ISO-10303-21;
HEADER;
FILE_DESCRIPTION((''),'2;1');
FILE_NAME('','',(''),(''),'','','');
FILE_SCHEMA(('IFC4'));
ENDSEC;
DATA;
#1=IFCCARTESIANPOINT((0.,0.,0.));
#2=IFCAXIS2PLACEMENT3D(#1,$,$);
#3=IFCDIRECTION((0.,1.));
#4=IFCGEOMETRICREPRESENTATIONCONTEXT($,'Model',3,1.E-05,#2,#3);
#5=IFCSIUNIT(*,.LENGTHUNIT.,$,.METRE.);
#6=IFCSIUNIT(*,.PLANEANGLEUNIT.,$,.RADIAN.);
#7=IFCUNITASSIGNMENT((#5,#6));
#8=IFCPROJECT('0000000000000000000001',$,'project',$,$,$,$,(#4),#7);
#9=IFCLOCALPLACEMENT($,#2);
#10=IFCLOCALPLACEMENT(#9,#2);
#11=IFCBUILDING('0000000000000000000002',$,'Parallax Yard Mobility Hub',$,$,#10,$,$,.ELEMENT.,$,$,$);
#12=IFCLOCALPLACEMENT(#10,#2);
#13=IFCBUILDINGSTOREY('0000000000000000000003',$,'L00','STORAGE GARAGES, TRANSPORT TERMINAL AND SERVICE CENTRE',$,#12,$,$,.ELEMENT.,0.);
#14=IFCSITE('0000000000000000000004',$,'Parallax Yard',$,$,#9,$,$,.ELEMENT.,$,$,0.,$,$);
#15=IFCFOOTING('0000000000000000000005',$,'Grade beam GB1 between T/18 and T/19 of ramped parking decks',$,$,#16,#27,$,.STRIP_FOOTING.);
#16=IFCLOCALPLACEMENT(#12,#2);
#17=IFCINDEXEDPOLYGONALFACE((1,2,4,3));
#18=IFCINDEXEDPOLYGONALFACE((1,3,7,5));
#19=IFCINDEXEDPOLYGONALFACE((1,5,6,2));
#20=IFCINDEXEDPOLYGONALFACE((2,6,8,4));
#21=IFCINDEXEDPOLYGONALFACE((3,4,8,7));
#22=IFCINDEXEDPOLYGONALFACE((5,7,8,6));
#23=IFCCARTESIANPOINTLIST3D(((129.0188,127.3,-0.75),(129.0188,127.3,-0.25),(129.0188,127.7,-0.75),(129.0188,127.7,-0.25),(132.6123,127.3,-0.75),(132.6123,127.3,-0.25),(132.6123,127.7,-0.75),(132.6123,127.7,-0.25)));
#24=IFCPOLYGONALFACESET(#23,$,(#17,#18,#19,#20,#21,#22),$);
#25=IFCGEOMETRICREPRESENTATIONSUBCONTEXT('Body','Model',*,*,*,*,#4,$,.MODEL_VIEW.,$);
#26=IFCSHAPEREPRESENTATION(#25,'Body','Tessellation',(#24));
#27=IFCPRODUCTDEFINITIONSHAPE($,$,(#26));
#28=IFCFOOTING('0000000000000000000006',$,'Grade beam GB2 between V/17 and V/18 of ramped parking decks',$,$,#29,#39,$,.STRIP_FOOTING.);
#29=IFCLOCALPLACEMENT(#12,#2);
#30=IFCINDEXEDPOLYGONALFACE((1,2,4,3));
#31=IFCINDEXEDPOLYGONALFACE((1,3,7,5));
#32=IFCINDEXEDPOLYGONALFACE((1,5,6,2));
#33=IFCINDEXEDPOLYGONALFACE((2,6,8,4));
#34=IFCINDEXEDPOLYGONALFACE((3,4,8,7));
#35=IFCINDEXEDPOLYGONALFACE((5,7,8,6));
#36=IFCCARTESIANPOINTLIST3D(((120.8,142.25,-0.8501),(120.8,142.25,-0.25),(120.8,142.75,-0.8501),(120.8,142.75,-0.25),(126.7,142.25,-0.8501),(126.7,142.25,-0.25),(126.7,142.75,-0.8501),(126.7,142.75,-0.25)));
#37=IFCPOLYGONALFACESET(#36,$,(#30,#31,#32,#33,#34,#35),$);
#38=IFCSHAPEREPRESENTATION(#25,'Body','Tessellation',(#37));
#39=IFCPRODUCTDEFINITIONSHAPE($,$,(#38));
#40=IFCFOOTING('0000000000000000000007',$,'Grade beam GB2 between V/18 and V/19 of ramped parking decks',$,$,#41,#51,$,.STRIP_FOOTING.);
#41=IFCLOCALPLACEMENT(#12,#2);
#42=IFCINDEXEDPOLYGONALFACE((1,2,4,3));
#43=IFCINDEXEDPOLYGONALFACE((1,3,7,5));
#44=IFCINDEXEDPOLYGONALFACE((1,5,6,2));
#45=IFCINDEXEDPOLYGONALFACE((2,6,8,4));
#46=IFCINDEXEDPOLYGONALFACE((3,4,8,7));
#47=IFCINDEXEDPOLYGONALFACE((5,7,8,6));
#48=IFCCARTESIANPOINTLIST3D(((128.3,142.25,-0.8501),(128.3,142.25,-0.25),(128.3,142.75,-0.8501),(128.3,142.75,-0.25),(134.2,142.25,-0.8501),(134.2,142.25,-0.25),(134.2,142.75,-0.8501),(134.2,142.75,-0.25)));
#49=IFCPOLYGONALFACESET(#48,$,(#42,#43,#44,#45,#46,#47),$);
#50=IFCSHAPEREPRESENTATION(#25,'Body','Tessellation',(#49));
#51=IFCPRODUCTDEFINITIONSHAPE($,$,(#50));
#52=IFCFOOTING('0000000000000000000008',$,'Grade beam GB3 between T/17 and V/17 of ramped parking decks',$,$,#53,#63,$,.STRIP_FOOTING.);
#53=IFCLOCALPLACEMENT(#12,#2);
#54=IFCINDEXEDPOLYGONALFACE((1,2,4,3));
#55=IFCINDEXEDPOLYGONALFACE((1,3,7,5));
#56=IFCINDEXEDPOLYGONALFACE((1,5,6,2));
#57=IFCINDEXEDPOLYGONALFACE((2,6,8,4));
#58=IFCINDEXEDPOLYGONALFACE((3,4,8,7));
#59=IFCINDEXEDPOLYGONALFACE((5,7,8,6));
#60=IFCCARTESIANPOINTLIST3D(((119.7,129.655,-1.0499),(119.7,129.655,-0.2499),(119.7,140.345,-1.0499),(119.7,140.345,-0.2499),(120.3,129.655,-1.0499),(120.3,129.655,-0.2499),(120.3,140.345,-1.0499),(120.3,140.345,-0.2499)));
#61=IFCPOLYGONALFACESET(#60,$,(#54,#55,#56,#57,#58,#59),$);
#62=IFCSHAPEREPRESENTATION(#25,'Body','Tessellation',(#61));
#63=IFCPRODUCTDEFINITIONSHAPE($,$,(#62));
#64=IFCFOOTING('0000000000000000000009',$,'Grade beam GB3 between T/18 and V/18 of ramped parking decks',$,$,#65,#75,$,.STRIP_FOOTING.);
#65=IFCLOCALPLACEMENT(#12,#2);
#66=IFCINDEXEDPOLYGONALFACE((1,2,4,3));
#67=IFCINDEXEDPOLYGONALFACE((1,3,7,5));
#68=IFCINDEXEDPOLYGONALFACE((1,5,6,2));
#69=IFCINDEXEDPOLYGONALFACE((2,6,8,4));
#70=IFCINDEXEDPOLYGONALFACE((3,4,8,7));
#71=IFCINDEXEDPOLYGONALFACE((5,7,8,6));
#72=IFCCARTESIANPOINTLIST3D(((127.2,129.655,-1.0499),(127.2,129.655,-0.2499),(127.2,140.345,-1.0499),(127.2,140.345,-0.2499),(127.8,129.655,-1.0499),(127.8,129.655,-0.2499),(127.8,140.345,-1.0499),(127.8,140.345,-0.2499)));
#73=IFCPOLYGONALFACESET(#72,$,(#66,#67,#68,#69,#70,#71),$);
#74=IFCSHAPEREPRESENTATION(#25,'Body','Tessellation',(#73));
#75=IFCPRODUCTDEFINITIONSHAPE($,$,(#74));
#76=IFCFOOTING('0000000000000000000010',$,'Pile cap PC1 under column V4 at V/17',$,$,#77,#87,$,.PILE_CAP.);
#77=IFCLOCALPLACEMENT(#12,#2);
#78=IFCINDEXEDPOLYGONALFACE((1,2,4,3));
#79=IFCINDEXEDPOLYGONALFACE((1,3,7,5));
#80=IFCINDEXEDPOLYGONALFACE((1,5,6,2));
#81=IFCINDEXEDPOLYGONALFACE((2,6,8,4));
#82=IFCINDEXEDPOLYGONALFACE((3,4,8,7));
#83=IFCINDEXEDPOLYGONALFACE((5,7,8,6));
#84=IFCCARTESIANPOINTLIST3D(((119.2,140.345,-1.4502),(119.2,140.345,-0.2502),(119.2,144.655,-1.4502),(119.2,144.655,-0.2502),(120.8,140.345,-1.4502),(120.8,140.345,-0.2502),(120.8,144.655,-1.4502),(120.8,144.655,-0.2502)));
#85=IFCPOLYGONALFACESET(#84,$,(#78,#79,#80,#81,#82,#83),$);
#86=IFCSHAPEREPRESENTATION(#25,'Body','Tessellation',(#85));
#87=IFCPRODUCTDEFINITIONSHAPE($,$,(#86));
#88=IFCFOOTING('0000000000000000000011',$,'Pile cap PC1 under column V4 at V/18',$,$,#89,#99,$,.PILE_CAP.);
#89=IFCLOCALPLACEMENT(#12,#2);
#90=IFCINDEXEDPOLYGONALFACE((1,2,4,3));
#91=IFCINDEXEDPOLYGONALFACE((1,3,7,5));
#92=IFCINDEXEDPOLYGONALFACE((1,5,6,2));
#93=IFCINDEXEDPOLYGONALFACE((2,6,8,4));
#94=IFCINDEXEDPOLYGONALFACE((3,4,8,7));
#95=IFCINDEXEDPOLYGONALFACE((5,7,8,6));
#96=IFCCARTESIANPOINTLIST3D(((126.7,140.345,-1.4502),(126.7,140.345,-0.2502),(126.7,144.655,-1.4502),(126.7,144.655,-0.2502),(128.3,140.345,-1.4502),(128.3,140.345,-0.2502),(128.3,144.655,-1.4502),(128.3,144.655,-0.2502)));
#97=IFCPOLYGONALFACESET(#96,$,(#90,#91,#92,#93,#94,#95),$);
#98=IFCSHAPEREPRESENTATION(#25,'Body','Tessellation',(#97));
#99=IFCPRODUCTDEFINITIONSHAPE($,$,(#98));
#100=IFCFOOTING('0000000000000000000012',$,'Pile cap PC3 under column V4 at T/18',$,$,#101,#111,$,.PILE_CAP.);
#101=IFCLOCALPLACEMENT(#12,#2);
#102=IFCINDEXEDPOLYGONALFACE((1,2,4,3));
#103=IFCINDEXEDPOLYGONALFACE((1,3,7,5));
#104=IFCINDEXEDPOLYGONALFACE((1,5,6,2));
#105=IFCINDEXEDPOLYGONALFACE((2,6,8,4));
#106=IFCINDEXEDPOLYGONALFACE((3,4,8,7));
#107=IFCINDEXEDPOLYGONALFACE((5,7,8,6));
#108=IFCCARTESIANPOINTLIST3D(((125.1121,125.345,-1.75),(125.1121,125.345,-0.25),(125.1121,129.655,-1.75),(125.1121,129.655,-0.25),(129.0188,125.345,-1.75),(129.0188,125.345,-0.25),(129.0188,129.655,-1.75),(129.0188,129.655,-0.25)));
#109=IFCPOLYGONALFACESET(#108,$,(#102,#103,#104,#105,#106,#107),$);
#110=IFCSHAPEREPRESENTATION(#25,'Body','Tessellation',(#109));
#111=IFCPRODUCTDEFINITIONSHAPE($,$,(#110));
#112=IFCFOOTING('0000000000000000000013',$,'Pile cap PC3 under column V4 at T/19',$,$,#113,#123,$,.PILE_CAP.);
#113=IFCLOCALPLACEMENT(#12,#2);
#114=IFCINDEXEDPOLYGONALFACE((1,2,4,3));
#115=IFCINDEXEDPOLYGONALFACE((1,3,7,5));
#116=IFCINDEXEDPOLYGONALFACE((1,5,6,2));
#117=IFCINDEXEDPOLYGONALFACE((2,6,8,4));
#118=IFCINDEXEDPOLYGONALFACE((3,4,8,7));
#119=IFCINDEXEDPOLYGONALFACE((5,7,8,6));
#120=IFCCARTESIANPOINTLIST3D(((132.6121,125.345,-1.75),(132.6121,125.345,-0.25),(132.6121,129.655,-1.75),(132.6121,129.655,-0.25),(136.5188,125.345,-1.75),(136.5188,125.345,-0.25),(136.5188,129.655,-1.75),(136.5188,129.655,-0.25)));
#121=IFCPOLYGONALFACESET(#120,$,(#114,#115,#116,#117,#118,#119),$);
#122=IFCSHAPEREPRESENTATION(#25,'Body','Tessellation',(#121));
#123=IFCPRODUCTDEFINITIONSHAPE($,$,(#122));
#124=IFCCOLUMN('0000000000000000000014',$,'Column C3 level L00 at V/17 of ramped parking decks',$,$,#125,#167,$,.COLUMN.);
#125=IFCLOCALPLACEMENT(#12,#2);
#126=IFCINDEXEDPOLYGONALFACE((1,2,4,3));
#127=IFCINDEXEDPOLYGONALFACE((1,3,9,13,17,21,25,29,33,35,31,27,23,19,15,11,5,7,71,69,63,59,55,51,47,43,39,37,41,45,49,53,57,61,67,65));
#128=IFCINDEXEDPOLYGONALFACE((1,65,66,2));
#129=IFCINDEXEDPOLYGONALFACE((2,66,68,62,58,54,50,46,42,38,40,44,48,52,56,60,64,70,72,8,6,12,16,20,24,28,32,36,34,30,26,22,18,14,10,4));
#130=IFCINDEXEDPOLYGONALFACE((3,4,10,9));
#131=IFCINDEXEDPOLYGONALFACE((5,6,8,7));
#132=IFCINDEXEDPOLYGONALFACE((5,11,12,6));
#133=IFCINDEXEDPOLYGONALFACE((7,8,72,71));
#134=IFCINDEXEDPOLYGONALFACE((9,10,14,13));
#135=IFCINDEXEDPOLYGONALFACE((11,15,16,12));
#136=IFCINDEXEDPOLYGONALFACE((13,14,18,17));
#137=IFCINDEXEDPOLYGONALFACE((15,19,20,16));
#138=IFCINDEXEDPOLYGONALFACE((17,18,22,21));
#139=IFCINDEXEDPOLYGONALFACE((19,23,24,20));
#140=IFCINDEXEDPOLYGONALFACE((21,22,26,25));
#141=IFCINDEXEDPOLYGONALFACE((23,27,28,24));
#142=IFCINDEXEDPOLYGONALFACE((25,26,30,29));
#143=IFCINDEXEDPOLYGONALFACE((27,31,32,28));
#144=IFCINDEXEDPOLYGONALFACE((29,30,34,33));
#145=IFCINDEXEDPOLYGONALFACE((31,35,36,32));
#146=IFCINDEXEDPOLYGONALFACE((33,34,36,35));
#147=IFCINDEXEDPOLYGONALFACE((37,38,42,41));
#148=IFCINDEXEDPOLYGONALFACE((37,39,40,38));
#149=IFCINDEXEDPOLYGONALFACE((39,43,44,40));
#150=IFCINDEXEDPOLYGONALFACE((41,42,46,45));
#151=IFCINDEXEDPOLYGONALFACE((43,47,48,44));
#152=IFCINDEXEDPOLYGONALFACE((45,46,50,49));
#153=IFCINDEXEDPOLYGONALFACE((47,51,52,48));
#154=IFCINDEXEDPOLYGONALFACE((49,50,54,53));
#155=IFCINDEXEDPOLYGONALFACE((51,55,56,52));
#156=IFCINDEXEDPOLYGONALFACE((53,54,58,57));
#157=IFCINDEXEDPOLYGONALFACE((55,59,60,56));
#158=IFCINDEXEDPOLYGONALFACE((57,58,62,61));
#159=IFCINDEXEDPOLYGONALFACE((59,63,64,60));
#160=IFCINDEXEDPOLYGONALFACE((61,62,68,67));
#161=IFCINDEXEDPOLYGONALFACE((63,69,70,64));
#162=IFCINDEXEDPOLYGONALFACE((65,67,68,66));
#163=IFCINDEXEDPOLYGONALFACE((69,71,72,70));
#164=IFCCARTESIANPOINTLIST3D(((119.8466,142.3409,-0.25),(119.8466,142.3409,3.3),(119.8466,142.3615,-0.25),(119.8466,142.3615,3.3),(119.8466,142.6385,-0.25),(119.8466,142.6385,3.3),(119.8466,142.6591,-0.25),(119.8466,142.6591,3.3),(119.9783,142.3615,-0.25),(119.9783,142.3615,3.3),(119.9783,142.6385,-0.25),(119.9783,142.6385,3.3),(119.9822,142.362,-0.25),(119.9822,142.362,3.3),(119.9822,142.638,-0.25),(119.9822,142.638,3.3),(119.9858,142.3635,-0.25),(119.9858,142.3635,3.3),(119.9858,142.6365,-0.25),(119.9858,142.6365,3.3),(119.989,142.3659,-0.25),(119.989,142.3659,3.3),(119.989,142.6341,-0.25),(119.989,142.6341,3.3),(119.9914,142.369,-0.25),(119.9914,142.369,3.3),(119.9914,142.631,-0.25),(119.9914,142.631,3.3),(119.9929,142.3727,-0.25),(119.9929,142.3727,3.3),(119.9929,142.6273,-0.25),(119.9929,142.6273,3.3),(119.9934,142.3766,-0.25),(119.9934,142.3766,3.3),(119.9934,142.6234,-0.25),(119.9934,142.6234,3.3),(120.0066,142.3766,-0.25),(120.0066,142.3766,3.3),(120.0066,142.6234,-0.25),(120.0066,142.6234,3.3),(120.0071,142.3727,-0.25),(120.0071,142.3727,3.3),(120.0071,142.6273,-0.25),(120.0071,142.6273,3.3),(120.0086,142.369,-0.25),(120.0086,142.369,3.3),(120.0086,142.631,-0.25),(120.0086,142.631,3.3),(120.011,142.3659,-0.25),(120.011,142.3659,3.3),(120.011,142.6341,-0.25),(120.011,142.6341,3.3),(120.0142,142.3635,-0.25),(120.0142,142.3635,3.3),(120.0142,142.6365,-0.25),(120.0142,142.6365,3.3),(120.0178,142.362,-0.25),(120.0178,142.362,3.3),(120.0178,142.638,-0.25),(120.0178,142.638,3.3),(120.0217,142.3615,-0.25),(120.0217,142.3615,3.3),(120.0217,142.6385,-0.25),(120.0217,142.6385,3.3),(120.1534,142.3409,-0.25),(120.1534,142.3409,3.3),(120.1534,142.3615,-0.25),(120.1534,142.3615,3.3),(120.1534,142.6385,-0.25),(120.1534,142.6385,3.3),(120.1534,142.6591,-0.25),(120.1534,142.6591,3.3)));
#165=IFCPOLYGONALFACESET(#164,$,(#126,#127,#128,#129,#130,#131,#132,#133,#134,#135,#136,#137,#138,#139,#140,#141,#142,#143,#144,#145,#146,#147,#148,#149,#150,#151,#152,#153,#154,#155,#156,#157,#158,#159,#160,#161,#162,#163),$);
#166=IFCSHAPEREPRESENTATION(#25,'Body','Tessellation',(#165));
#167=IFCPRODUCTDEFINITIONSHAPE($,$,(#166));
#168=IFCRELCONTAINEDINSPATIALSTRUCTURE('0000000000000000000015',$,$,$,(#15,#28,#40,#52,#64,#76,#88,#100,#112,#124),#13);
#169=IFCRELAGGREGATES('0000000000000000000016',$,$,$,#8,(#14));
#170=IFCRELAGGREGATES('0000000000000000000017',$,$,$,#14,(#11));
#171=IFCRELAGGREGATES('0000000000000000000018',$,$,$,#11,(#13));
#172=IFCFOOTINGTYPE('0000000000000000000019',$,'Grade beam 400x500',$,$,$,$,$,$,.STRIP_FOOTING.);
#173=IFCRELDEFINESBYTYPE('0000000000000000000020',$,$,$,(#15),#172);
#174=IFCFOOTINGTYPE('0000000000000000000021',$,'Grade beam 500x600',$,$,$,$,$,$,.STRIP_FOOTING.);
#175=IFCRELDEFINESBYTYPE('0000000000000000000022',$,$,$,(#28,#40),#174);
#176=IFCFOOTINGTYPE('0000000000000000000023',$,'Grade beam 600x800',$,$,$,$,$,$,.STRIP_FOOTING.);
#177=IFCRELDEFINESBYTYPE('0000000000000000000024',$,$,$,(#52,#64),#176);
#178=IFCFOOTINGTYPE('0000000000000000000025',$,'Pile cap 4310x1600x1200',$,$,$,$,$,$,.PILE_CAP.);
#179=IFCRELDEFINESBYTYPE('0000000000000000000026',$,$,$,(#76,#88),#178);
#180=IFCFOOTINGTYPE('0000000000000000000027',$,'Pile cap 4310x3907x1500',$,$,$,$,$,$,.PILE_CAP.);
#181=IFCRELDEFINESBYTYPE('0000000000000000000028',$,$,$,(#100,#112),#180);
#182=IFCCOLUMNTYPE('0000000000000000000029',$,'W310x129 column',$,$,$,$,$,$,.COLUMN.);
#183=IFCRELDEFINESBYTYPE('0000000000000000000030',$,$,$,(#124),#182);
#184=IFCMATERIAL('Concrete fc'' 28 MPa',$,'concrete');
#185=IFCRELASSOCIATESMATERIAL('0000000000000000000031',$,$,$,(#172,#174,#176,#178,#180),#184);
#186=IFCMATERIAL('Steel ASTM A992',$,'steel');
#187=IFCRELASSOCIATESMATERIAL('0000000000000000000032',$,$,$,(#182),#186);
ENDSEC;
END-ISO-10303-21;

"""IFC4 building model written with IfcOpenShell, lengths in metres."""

from ifc_helpers import new_model, si_unit, direction, frame, origin, origin_2d, place, context, subcontext, project, spatial, rectangle, i_section, extrude, material, material_profile, profile_set, type_object, element, save


model = new_model("IFC4")

# Units and contexts
model_context = context("Model", 3, precision=1e-05, world=origin(), true_north=direction((0.0, 1.0)))
body_context = subcontext(model_context, "Body", "Model", "MODEL_VIEW")
ifc_project = project(units=[si_unit("LENGTHUNIT", "METRE"), si_unit("PLANEANGLEUNIT", "RADIAN")], contexts=[model_context])

# Site, building, storey
site_placement = place(None, origin())
site = spatial("IfcSite", under=ifc_project, at=site_placement, Name="Parallax Yard", CompositionType="ELEMENT", RefElevation=0.0)
building_placement = place(site_placement, origin())
building = spatial("IfcBuilding", under=site, at=building_placement, Name="Parallax Yard Mobility Hub", CompositionType="ELEMENT")
storey_placement = place(building_placement, origin())
storey = spatial("IfcBuildingStorey", under=building, at=storey_placement, Name="L00", Description="STORAGE GARAGES, TRANSPORT TERMINAL AND SERVICE CENTRE", CompositionType="ELEMENT", Elevation=0.0)

# Shared definitions
ifc_material_1 = material(Name="Concrete fc' 28 MPa", Category="concrete")

# Footings
ifc_material_profile_1 = material_profile(ifc_material_1, rectangle(XDim=0.3999, YDim=0.5, at=origin_2d()), Name="Grade beam 400x500")
ifc_profile_set_1 = profile_set([ifc_material_profile_1], Name="Concrete fc' 28 MPa")
footing_type_1 = type_object("IfcFootingType", Name="Grade beam 400x500", PredefinedType="STRIP_FOOTING", material=ifc_profile_set_1)
for number, where, z_axis, x_axis, name in (
    (1, (129.0188, 127.5, -0.5), (1.0, 0.0, 0.0), (0.0, 1.0, 0.0), "Grade beam GB1 between T/18 and T/19 of ramped parking decks"),
):
    element("IfcFooting", number, at=place(storey_placement, frame(where, z_axis=z_axis, x_axis=x_axis)), inside=storey, type_object=footing_type_1, Name=name, PredefinedType="STRIP_FOOTING", context=body_context, shape_type="SweptSolid", body=[
        extrude(rectangle(XDim=0.3999, YDim=0.5, at=origin_2d()), origin(), (0.0, 0.0, 1.0), 3.5935),
    ])
ifc_material_profile_2 = material_profile(ifc_material_1, rectangle(XDim=0.5, YDim=0.6001, at=origin_2d()), Name="Grade beam 500x600")
ifc_profile_set_2 = profile_set([ifc_material_profile_2], Name="Concrete fc' 28 MPa")
footing_type_2 = type_object("IfcFootingType", Name="Grade beam 500x600", PredefinedType="STRIP_FOOTING", material=ifc_profile_set_2)
for number, where, z_axis, x_axis, name in (
    (2, (120.8, 142.5, -0.55), (1.0, 0.0, 0.0), (0.0, 1.0, 0.0), "Grade beam GB2 between V/17 and V/18 of ramped parking decks"),
    (3, (128.3, 142.5, -0.55), (1.0, 0.0, 0.0), (0.0, 1.0, 0.0), "Grade beam GB2 between V/18 and V/19 of ramped parking decks"),
):
    element("IfcFooting", number, at=place(storey_placement, frame(where, z_axis=z_axis, x_axis=x_axis)), inside=storey, type_object=footing_type_2, Name=name, PredefinedType="STRIP_FOOTING", context=body_context, shape_type="SweptSolid", body=[
        extrude(rectangle(XDim=0.5, YDim=0.6001, at=origin_2d()), origin(), (0.0, 0.0, 1.0), 5.8999),
    ])
ifc_material_profile_3 = material_profile(ifc_material_1, rectangle(XDim=0.6001, YDim=0.8, at=origin_2d()), Name="Grade beam 600x800")
ifc_profile_set_3 = profile_set([ifc_material_profile_3], Name="Concrete fc' 28 MPa")
footing_type_3 = type_object("IfcFootingType", Name="Grade beam 600x800", PredefinedType="STRIP_FOOTING", material=ifc_profile_set_3)
for number, where, z_axis, x_axis, name in (
    (4, (120.0, 129.655, -0.6499), (0.0, 1.0, 0.0), (-1.0, 0.0, 0.0), "Grade beam GB3 between T/17 and V/17 of ramped parking decks"),
    (5, (127.5, 129.655, -0.6499), (0.0, 1.0, 0.0), (-1.0, 0.0, 0.0), "Grade beam GB3 between T/18 and V/18 of ramped parking decks"),
):
    element("IfcFooting", number, at=place(storey_placement, frame(where, z_axis=z_axis, x_axis=x_axis)), inside=storey, type_object=footing_type_3, Name=name, PredefinedType="STRIP_FOOTING", context=body_context, shape_type="SweptSolid", body=[
        extrude(rectangle(XDim=0.6001, YDim=0.8, at=origin_2d()), origin(), (0.0, 0.0, 1.0), 10.6899),
    ])
footing_type_4 = type_object("IfcFootingType", Name="Pile cap 4310x1600x1200", PredefinedType="PILE_CAP", material=ifc_material_1)
for number, where, z_axis, x_axis, name in (
    (6, (120.0, 142.5, -1.4502), (0.0, 0.0, 1.0), (0.0, 1.0, 0.0), "Pile cap PC1 under column V4 at V/17"),
    (7, (127.5, 142.5, -1.4502), (0.0, 0.0, 1.0), (0.0, 1.0, 0.0), "Pile cap PC1 under column V4 at V/18"),
):
    element("IfcFooting", number, at=place(storey_placement, frame(where, z_axis=z_axis, x_axis=x_axis)), inside=storey, type_object=footing_type_4, Name=name, PredefinedType="PILE_CAP", context=body_context, shape_type="SweptSolid", body=[
        extrude(rectangle(XDim=4.3101, YDim=1.6001, at=origin_2d()), origin(), (0.0, 0.0, 1.0), 1.2),
    ])
footing_type_5 = type_object("IfcFootingType", Name="Pile cap 4310x3907x1500", PredefinedType="PILE_CAP", material=ifc_material_1)
for number, where, z_axis, x_axis, name in (
    (8, (127.0654, 127.5, -1.75), (0.0, 0.0, 1.0), (0.0, 1.0, 0.0), "Pile cap PC3 under column V4 at T/18"),
    (9, (134.5654, 127.5, -1.75), (0.0, 0.0, 1.0), (0.0, 1.0, 0.0), "Pile cap PC3 under column V4 at T/19"),
):
    element("IfcFooting", number, at=place(storey_placement, frame(where, z_axis=z_axis, x_axis=x_axis)), inside=storey, type_object=footing_type_5, Name=name, PredefinedType="PILE_CAP", context=body_context, shape_type="SweptSolid", body=[
        extrude(rectangle(XDim=4.3101, YDim=3.9067, at=origin_2d()), origin(), (0.0, 0.0, 1.0), 1.5),
    ])

# Column
ifc_material_2 = material(Name="Steel ASTM A992", Category="steel")
ifc_material_profile_4 = material_profile(ifc_material_2, i_section(OverallWidth=0.3069, OverallDepth=0.3181, WebThickness=0.0132, FlangeThickness=0.0205, FilletRadius=0.0151, at=origin_2d()), Name="W310x129")
ifc_profile_set_4 = profile_set([ifc_material_profile_4], Name="Steel ASTM A992")
column_type_1 = type_object("IfcColumnType", Name="W310x129 column", PredefinedType="COLUMN", material=ifc_profile_set_4)
for number, where, z_axis, x_axis, name in (
    (10, (120.0, 142.5, -0.25), (0.0, 0.0, 1.0), (1.0, 0.0, 0.0), "Column C3 level L00 at V/17 of ramped parking decks"),
):
    element("IfcColumn", number, at=place(storey_placement, frame(where, z_axis=z_axis, x_axis=x_axis)), inside=storey, type_object=column_type_1, Name=name, PredefinedType="COLUMN", context=body_context, shape_type="SweptSolid", body=[
        extrude(i_section(OverallWidth=0.3069, OverallDepth=0.3181, WebThickness=0.0132, FlangeThickness=0.0205, FilletRadius=0.0151, at=origin_2d()), origin(), (0.0, 0.0, 1.0), 3.55),
    ])

save(model, "model.ifc")
